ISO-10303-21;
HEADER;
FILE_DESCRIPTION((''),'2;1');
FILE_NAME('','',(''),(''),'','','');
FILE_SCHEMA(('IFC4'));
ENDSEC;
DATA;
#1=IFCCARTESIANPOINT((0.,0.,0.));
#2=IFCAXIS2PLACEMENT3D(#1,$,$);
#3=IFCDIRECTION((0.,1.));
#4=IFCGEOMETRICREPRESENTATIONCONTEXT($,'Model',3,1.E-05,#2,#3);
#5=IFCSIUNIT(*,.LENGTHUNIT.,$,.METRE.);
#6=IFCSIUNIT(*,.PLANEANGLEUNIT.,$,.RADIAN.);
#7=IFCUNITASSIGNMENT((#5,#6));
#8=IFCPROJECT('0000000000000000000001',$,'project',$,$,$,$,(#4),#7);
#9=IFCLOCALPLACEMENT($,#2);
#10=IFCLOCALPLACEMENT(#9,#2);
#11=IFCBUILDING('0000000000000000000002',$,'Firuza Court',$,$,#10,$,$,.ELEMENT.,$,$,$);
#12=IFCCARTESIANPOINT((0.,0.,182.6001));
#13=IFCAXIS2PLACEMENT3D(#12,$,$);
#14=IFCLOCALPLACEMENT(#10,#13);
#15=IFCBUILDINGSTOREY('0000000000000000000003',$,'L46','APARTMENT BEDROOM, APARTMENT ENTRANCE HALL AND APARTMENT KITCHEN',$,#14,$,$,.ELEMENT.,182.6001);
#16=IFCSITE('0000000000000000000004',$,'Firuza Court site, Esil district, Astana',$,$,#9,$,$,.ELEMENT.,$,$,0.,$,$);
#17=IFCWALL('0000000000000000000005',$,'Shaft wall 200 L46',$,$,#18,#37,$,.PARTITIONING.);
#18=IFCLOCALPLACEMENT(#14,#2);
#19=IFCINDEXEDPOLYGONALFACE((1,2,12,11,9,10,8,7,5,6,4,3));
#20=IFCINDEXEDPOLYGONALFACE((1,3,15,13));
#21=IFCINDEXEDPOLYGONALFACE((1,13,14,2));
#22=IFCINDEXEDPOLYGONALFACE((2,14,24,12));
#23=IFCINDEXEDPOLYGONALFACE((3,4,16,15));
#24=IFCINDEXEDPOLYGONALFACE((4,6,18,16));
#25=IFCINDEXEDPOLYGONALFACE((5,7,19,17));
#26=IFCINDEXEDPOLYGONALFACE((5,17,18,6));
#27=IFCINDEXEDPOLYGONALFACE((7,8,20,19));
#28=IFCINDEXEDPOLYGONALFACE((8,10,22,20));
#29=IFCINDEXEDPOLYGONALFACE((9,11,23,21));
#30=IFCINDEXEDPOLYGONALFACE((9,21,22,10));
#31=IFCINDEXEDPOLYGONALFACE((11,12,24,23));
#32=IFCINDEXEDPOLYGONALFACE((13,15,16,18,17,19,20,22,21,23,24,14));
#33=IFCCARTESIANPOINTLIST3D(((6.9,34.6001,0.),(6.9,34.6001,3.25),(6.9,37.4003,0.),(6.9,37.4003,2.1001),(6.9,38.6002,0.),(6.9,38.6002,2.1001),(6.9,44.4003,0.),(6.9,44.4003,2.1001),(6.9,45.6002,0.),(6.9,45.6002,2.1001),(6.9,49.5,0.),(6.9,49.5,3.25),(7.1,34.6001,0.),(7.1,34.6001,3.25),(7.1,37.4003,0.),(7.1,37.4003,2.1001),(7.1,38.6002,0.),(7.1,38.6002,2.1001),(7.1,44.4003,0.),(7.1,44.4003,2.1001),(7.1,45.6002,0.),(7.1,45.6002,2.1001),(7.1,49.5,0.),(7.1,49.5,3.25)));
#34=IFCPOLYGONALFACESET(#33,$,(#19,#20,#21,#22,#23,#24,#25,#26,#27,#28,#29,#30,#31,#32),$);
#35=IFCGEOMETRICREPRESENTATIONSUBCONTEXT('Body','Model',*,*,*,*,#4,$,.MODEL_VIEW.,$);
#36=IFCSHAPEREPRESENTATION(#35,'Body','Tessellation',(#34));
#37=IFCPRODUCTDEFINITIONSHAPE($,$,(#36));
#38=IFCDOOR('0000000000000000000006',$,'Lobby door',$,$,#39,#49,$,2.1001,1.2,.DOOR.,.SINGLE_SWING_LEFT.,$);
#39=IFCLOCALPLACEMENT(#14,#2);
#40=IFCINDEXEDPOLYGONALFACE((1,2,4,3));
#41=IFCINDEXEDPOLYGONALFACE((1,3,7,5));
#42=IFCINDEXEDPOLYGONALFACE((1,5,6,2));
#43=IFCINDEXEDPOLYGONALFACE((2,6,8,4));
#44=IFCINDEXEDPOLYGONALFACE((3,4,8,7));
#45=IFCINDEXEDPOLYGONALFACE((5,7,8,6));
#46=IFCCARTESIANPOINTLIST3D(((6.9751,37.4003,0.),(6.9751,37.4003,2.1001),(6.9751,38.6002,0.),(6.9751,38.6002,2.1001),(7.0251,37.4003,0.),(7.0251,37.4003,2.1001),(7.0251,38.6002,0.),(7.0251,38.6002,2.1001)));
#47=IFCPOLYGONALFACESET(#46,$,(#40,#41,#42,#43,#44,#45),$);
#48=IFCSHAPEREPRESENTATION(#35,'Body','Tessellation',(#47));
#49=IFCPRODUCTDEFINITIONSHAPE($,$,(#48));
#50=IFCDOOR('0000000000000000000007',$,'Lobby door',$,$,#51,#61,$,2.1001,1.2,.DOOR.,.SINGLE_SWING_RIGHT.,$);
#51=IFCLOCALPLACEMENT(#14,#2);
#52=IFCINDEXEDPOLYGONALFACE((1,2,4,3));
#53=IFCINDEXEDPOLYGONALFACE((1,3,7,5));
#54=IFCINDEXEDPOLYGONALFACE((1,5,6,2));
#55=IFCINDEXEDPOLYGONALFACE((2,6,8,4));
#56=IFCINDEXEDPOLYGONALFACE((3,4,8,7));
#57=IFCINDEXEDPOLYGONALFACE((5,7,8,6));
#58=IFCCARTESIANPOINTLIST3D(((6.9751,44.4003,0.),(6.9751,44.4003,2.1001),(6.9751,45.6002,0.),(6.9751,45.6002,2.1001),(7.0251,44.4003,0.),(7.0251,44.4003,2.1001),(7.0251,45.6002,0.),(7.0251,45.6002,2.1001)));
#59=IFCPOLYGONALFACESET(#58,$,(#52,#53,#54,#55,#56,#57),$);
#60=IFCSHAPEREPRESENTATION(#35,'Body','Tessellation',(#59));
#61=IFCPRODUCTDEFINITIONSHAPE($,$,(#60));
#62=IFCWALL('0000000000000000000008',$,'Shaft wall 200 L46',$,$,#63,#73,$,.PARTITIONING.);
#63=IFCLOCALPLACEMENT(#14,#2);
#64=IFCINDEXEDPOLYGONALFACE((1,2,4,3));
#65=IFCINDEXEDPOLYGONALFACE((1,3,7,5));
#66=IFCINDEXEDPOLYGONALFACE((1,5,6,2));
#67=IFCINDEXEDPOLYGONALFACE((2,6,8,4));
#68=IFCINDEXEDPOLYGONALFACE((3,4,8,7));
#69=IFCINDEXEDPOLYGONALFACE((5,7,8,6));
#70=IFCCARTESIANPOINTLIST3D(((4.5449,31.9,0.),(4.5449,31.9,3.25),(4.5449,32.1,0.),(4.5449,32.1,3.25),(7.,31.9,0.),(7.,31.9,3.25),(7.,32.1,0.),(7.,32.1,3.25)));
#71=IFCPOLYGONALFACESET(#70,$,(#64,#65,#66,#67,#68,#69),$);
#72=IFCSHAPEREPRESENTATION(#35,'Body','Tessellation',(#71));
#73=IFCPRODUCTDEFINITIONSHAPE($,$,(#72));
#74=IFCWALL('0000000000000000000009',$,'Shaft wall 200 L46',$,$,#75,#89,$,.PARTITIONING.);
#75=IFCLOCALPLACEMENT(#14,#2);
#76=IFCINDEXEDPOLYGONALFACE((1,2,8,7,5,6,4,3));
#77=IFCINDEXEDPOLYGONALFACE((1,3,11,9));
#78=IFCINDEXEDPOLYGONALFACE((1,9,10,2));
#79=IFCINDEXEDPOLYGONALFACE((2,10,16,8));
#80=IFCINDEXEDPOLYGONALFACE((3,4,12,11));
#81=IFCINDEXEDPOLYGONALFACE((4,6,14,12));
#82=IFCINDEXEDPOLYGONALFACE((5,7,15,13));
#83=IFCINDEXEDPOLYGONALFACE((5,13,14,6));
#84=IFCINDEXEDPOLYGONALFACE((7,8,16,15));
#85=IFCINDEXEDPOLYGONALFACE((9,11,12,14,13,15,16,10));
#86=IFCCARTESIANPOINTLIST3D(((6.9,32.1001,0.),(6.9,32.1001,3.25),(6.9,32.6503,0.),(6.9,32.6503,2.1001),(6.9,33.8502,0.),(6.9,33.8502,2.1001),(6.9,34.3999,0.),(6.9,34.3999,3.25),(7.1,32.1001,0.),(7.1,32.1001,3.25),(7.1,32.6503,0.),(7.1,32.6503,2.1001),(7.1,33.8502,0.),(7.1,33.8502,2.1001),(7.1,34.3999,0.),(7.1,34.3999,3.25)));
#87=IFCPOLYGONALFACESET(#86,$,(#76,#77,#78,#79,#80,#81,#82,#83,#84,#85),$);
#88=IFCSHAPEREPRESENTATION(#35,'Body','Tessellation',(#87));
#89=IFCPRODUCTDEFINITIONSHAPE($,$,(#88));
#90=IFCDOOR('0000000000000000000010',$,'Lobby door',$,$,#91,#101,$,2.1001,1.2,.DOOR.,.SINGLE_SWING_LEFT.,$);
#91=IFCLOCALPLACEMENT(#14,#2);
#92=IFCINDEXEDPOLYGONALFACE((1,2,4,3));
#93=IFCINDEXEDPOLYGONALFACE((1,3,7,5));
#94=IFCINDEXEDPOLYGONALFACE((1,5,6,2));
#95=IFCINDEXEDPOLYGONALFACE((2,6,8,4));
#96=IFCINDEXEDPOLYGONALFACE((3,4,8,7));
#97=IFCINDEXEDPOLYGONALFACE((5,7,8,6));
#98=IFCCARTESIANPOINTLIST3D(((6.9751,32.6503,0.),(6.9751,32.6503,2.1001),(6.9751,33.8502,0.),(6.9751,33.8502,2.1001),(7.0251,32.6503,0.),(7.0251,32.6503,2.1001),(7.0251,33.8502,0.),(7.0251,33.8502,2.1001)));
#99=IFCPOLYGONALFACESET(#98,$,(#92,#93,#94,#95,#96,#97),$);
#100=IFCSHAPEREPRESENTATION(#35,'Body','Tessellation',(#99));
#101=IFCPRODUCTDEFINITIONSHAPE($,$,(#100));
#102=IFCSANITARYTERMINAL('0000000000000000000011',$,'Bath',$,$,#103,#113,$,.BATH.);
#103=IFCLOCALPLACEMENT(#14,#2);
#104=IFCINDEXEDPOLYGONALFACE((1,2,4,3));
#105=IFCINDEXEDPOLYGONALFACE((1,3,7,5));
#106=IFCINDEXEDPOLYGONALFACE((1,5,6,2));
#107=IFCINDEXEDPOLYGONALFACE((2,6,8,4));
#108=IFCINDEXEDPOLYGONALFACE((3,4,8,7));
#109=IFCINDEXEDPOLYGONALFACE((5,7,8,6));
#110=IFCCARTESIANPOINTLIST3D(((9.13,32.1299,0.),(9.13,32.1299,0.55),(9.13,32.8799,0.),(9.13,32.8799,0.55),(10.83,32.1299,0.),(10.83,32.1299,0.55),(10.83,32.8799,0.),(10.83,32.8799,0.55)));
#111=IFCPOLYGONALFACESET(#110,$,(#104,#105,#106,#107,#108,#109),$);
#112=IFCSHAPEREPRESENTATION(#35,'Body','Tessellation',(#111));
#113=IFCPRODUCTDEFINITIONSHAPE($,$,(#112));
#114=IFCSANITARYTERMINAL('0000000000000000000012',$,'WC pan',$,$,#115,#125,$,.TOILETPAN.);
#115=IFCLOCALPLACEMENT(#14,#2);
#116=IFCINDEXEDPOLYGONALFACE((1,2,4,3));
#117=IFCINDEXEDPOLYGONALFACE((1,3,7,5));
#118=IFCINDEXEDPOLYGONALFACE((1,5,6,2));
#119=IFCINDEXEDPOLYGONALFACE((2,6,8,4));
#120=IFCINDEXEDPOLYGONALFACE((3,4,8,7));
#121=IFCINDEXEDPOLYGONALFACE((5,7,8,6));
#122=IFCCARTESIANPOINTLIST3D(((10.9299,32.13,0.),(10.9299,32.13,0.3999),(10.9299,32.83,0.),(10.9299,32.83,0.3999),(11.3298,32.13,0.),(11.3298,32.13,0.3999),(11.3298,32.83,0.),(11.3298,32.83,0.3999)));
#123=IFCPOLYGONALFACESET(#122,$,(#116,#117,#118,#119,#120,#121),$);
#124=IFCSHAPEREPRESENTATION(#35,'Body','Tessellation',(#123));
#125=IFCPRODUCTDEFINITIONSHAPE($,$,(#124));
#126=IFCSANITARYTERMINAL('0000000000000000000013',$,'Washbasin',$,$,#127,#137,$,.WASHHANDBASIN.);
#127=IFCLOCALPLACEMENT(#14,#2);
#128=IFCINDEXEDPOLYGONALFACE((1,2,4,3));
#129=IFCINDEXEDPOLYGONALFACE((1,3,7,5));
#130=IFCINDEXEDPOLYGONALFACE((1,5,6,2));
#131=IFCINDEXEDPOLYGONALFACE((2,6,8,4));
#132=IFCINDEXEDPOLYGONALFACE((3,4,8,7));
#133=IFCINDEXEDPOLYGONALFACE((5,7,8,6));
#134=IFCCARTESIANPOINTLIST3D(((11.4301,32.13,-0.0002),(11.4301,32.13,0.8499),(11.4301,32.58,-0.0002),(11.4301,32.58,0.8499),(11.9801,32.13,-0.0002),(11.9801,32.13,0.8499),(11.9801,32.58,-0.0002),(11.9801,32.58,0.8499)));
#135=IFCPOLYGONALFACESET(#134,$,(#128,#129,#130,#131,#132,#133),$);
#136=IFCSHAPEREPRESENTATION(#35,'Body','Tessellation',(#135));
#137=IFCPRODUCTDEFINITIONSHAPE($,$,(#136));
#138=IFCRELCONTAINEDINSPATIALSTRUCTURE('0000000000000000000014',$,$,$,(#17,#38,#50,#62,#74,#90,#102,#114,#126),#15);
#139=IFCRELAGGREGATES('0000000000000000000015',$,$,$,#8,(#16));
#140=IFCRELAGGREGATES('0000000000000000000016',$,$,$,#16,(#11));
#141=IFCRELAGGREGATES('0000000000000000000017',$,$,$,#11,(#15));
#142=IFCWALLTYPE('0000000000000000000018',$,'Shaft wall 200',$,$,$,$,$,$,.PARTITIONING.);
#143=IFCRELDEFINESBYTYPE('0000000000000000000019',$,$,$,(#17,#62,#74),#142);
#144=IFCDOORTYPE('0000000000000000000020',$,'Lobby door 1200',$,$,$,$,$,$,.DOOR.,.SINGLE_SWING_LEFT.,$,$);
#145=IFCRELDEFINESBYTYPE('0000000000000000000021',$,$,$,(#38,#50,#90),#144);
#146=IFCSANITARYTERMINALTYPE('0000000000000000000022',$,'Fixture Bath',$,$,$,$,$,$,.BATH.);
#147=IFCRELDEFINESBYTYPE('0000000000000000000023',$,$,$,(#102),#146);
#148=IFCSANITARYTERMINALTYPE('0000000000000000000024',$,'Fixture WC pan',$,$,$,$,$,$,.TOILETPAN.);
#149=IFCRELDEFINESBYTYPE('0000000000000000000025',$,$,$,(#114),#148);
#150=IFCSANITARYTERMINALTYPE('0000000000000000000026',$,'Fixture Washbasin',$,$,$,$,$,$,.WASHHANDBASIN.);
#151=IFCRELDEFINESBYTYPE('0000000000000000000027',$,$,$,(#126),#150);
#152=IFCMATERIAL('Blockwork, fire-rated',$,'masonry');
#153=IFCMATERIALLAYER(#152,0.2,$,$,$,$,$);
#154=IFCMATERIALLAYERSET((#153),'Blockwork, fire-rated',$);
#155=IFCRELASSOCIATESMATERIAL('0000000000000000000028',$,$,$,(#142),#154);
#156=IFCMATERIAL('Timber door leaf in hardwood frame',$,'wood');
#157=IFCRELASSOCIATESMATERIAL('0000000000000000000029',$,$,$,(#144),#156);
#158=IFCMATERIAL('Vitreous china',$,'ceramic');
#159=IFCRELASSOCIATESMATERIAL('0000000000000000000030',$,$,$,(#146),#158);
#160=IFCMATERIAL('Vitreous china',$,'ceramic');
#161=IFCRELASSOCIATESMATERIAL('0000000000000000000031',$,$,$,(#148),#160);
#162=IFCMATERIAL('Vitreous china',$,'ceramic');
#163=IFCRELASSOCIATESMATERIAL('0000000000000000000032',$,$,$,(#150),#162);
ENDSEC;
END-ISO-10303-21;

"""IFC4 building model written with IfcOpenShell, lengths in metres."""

from ifc_helpers import new_model, si_unit, direction, frame, frame_2d, origin, origin_2d, place, context, subcontext, project, spatial, rectangle, extrude, material, layer, layer_set, type_object, element, fill, save


model = new_model("IFC4")

# Units and contexts
model_context = context("Model", 3, precision=1e-05, world=origin(), true_north=direction((0.0, 1.0)))
body_context = subcontext(model_context, "Body", "Model", "MODEL_VIEW")
ifc_project = project(units=[si_unit("LENGTHUNIT", "METRE"), si_unit("PLANEANGLEUNIT", "RADIAN")], contexts=[model_context])

# Site, building, storey
site_placement = place(None, origin())
site = spatial("IfcSite", under=ifc_project, at=site_placement, Name="Firuza Court site, Esil district, Astana", CompositionType="ELEMENT", RefElevation=0.0)
building_placement = place(site_placement, origin())
building = spatial("IfcBuilding", under=site, at=building_placement, Name="Firuza Court", CompositionType="ELEMENT")
storey_placement = place(building_placement, frame((0.0, 0.0, 182.6001)))
storey = spatial("IfcBuildingStorey", under=building, at=storey_placement, Name="L46", Description="APARTMENT BEDROOM, APARTMENT ENTRANCE HALL AND APARTMENT KITCHEN", CompositionType="ELEMENT", Elevation=182.6001)

# Shared definitions
ifc_material_1 = material(Name="Blockwork, fire-rated", Category="masonry")
ifc_layer_1 = layer(ifc_material_1, 0.2)
ifc_layer_set_1 = layer_set([ifc_layer_1], Name="Blockwork, fire-rated")
wall_type_1 = type_object("IfcWallType", Name="Shaft wall 200", PredefinedType="PARTITIONING", material=ifc_layer_set_1)

# Wall, openings, doors
wall_1_placement = place(storey_placement, frame((7.0, 34.6001, 0.0), z_axis=(0.0, 0.0, 1.0), x_axis=(0.0, 1.0, 0.0)))
wall_1 = element("IfcWall", 1, at=wall_1_placement, inside=storey, type_object=wall_type_1, Name="Shaft wall 200 L46", PredefinedType="PARTITIONING", context=body_context, shape_type="SweptSolid", body=[
    extrude(rectangle(XDim=14.8999, YDim=0.2, at=frame_2d((7.45, 0.0))), origin(), (0.0, 0.0, 1.0), 3.25),
])
opening_1_placement = place(wall_1_placement, frame((2.8, 0.0, 0.0)))
opening_1 = element("IfcOpeningElement", 2, at=opening_1_placement, cuts=wall_1, PredefinedType="OPENING", context=body_context, shape_type="SweptSolid", body=[
    extrude(rectangle(XDim=1.2, YDim=2.1001, at=frame_2d((0.6001, 1.05))), frame((0.0, 0.1118, 0.0), z_axis=(0.0, -1.0, 0.0), x_axis=(1.0, 0.0, 0.0)), (0.0, 0.0, 1.0), 0.2239),
])
opening_2_placement = place(wall_1_placement, frame((9.8, 0.0, 0.0)))
opening_2 = element("IfcOpeningElement", 3, at=opening_2_placement, cuts=wall_1, PredefinedType="OPENING", context=body_context, shape_type="SweptSolid", body=[
    extrude(rectangle(XDim=1.2, YDim=2.1001, at=frame_2d((0.6001, 1.05))), frame((0.0, 0.1118, 0.0), z_axis=(0.0, -1.0, 0.0), x_axis=(1.0, 0.0, 0.0)), (0.0, 0.0, 1.0), 0.2239),
])
ifc_material_2 = material(Name="Timber door leaf in hardwood frame", Category="wood")
door_type_1 = type_object("IfcDoorType", Name="Lobby door 1200", OperationType="SINGLE_SWING_LEFT", PredefinedType="DOOR", material=ifc_material_2)
door_1_placement = place(opening_1_placement, origin())
door_1 = element("IfcDoor", 4, at=door_1_placement, inside=storey, type_object=door_type_1, Name="Lobby door", OperationType="SINGLE_SWING_LEFT", OverallHeight=2.1001, OverallWidth=1.2, PredefinedType="DOOR", context=body_context, shape_type="SweptSolid", body=[
    extrude(rectangle(XDim=1.2, YDim=2.1001, at=frame_2d((0.6001, 1.05))), frame((0.0, 0.0249, 0.0), z_axis=(0.0, -1.0, 0.0), x_axis=(1.0, 0.0, 0.0)), (0.0, 0.0, 1.0), 0.05),
])
fill(opening_1, door_1)
door_2_placement = place(opening_2_placement, origin())
door_2 = element("IfcDoor", 5, at=door_2_placement, inside=storey, type_object=door_type_1, Name="Lobby door", OperationType="SINGLE_SWING_RIGHT", OverallHeight=2.1001, OverallWidth=1.2, PredefinedType="DOOR", context=body_context, shape_type="SweptSolid", body=[
    extrude(rectangle(XDim=1.2, YDim=2.1001, at=frame_2d((0.6001, 1.05))), frame((0.0, 0.0249, 0.0), z_axis=(0.0, -1.0, 0.0), x_axis=(1.0, 0.0, 0.0)), (0.0, 0.0, 1.0), 0.05),
])
fill(opening_2, door_2)

# Wall
wall_2_placement = place(storey_placement, frame((4.5449, 32.0, 0.0), z_axis=(0.0, 0.0, 1.0), x_axis=(1.0, 0.0, 0.0)))
element("IfcWall", 6, at=wall_2_placement, inside=storey, type_object=wall_type_1, Name="Shaft wall 200 L46", PredefinedType="PARTITIONING", context=body_context, shape_type="SweptSolid", body=[
    extrude(rectangle(XDim=2.4551, YDim=0.2, at=frame_2d((1.2275, 0.0))), origin(), (0.0, 0.0, 1.0), 3.25),
])

# Wall, opening, door
wall_3_placement = place(storey_placement, frame((7.0, 32.1001, 0.0), z_axis=(0.0, 0.0, 1.0), x_axis=(0.0, 1.0, 0.0)))
wall_3 = element("IfcWall", 7, at=wall_3_placement, inside=storey, type_object=wall_type_1, Name="Shaft wall 200 L46", PredefinedType="PARTITIONING", context=body_context, shape_type="SweptSolid", body=[
    extrude(rectangle(XDim=2.2998, YDim=0.2, at=frame_2d((1.1499, 0.0))), origin(), (0.0, 0.0, 1.0), 3.25),
])
opening_3_placement = place(wall_3_placement, frame((0.55, 0.0, 0.0)))
opening_3 = element("IfcOpeningElement", 8, at=opening_3_placement, cuts=wall_3, PredefinedType="OPENING", context=body_context, shape_type="SweptSolid", body=[
    extrude(rectangle(XDim=1.2, YDim=2.1001, at=frame_2d((0.6001, 1.05))), frame((0.0, 0.1118, 0.0), z_axis=(0.0, -1.0, 0.0), x_axis=(1.0, 0.0, 0.0)), (0.0, 0.0, 1.0), 0.2239),
])
door_3_placement = place(opening_3_placement, origin())
door_3 = element("IfcDoor", 9, at=door_3_placement, inside=storey, type_object=door_type_1, Name="Lobby door", OperationType="SINGLE_SWING_LEFT", OverallHeight=2.1001, OverallWidth=1.2, PredefinedType="DOOR", context=body_context, shape_type="SweptSolid", body=[
    extrude(rectangle(XDim=1.2, YDim=2.1001, at=frame_2d((0.6001, 1.05))), frame((0.0, 0.0249, 0.0), z_axis=(0.0, -1.0, 0.0), x_axis=(1.0, 0.0, 0.0)), (0.0, 0.0, 1.0), 0.05),
])
fill(opening_3, door_3)

# Sanitary terminals
ifc_material_3 = material(Name="Vitreous china", Category="ceramic")
sanitary_terminal_type_1 = type_object("IfcSanitaryTerminalType", Name="Fixture Bath", PredefinedType="BATH", material=ifc_material_3)
sanitary_terminal_1_placement = place(storey_placement, frame((9.98, 32.5049, 0.0), z_axis=(0.0, 0.0, 1.0), x_axis=(1.0, 0.0, 0.0)))
element("IfcSanitaryTerminal", 10, at=sanitary_terminal_1_placement, inside=storey, type_object=sanitary_terminal_type_1, Name="Bath", PredefinedType="BATH", context=body_context, shape_type="SweptSolid", body=[
    extrude(rectangle(XDim=1.7, YDim=0.75, at=origin_2d()), origin(), (0.0, 0.0, 1.0), 0.55),
])
ifc_material_4 = material(Name="Vitreous china", Category="ceramic")
sanitary_terminal_type_2 = type_object("IfcSanitaryTerminalType", Name="Fixture WC pan", PredefinedType="TOILETPAN", material=ifc_material_4)
sanitary_terminal_2_placement = place(storey_placement, frame((11.1299, 32.48, 0.0), z_axis=(0.0, 0.0, 1.0), x_axis=(1.0, 0.0, 0.0)))
element("IfcSanitaryTerminal", 11, at=sanitary_terminal_2_placement, inside=storey, type_object=sanitary_terminal_type_2, Name="WC pan", PredefinedType="TOILETPAN", context=body_context, shape_type="SweptSolid", body=[
    extrude(rectangle(XDim=0.3999, YDim=0.7, at=origin_2d()), origin(), (0.0, 0.0, 1.0), 0.3999),
])
ifc_material_5 = material(Name="Vitreous china", Category="ceramic")
sanitary_terminal_type_3 = type_object("IfcSanitaryTerminalType", Name="Fixture Washbasin", PredefinedType="WASHHANDBASIN", material=ifc_material_5)
sanitary_terminal_3_placement = place(storey_placement, frame((11.7051, 32.355, -0.0002), z_axis=(0.0, 0.0, 1.0), x_axis=(1.0, 0.0, 0.0)))
element("IfcSanitaryTerminal", 12, at=sanitary_terminal_3_placement, inside=storey, type_object=sanitary_terminal_type_3, Name="Washbasin", PredefinedType="WASHHANDBASIN", context=body_context, shape_type="SweptSolid", body=[
    extrude(rectangle(XDim=0.55, YDim=0.45, at=origin_2d()), origin(), (0.0, 0.0, 1.0), 0.8501),
])

save(model, "model.ifc")
